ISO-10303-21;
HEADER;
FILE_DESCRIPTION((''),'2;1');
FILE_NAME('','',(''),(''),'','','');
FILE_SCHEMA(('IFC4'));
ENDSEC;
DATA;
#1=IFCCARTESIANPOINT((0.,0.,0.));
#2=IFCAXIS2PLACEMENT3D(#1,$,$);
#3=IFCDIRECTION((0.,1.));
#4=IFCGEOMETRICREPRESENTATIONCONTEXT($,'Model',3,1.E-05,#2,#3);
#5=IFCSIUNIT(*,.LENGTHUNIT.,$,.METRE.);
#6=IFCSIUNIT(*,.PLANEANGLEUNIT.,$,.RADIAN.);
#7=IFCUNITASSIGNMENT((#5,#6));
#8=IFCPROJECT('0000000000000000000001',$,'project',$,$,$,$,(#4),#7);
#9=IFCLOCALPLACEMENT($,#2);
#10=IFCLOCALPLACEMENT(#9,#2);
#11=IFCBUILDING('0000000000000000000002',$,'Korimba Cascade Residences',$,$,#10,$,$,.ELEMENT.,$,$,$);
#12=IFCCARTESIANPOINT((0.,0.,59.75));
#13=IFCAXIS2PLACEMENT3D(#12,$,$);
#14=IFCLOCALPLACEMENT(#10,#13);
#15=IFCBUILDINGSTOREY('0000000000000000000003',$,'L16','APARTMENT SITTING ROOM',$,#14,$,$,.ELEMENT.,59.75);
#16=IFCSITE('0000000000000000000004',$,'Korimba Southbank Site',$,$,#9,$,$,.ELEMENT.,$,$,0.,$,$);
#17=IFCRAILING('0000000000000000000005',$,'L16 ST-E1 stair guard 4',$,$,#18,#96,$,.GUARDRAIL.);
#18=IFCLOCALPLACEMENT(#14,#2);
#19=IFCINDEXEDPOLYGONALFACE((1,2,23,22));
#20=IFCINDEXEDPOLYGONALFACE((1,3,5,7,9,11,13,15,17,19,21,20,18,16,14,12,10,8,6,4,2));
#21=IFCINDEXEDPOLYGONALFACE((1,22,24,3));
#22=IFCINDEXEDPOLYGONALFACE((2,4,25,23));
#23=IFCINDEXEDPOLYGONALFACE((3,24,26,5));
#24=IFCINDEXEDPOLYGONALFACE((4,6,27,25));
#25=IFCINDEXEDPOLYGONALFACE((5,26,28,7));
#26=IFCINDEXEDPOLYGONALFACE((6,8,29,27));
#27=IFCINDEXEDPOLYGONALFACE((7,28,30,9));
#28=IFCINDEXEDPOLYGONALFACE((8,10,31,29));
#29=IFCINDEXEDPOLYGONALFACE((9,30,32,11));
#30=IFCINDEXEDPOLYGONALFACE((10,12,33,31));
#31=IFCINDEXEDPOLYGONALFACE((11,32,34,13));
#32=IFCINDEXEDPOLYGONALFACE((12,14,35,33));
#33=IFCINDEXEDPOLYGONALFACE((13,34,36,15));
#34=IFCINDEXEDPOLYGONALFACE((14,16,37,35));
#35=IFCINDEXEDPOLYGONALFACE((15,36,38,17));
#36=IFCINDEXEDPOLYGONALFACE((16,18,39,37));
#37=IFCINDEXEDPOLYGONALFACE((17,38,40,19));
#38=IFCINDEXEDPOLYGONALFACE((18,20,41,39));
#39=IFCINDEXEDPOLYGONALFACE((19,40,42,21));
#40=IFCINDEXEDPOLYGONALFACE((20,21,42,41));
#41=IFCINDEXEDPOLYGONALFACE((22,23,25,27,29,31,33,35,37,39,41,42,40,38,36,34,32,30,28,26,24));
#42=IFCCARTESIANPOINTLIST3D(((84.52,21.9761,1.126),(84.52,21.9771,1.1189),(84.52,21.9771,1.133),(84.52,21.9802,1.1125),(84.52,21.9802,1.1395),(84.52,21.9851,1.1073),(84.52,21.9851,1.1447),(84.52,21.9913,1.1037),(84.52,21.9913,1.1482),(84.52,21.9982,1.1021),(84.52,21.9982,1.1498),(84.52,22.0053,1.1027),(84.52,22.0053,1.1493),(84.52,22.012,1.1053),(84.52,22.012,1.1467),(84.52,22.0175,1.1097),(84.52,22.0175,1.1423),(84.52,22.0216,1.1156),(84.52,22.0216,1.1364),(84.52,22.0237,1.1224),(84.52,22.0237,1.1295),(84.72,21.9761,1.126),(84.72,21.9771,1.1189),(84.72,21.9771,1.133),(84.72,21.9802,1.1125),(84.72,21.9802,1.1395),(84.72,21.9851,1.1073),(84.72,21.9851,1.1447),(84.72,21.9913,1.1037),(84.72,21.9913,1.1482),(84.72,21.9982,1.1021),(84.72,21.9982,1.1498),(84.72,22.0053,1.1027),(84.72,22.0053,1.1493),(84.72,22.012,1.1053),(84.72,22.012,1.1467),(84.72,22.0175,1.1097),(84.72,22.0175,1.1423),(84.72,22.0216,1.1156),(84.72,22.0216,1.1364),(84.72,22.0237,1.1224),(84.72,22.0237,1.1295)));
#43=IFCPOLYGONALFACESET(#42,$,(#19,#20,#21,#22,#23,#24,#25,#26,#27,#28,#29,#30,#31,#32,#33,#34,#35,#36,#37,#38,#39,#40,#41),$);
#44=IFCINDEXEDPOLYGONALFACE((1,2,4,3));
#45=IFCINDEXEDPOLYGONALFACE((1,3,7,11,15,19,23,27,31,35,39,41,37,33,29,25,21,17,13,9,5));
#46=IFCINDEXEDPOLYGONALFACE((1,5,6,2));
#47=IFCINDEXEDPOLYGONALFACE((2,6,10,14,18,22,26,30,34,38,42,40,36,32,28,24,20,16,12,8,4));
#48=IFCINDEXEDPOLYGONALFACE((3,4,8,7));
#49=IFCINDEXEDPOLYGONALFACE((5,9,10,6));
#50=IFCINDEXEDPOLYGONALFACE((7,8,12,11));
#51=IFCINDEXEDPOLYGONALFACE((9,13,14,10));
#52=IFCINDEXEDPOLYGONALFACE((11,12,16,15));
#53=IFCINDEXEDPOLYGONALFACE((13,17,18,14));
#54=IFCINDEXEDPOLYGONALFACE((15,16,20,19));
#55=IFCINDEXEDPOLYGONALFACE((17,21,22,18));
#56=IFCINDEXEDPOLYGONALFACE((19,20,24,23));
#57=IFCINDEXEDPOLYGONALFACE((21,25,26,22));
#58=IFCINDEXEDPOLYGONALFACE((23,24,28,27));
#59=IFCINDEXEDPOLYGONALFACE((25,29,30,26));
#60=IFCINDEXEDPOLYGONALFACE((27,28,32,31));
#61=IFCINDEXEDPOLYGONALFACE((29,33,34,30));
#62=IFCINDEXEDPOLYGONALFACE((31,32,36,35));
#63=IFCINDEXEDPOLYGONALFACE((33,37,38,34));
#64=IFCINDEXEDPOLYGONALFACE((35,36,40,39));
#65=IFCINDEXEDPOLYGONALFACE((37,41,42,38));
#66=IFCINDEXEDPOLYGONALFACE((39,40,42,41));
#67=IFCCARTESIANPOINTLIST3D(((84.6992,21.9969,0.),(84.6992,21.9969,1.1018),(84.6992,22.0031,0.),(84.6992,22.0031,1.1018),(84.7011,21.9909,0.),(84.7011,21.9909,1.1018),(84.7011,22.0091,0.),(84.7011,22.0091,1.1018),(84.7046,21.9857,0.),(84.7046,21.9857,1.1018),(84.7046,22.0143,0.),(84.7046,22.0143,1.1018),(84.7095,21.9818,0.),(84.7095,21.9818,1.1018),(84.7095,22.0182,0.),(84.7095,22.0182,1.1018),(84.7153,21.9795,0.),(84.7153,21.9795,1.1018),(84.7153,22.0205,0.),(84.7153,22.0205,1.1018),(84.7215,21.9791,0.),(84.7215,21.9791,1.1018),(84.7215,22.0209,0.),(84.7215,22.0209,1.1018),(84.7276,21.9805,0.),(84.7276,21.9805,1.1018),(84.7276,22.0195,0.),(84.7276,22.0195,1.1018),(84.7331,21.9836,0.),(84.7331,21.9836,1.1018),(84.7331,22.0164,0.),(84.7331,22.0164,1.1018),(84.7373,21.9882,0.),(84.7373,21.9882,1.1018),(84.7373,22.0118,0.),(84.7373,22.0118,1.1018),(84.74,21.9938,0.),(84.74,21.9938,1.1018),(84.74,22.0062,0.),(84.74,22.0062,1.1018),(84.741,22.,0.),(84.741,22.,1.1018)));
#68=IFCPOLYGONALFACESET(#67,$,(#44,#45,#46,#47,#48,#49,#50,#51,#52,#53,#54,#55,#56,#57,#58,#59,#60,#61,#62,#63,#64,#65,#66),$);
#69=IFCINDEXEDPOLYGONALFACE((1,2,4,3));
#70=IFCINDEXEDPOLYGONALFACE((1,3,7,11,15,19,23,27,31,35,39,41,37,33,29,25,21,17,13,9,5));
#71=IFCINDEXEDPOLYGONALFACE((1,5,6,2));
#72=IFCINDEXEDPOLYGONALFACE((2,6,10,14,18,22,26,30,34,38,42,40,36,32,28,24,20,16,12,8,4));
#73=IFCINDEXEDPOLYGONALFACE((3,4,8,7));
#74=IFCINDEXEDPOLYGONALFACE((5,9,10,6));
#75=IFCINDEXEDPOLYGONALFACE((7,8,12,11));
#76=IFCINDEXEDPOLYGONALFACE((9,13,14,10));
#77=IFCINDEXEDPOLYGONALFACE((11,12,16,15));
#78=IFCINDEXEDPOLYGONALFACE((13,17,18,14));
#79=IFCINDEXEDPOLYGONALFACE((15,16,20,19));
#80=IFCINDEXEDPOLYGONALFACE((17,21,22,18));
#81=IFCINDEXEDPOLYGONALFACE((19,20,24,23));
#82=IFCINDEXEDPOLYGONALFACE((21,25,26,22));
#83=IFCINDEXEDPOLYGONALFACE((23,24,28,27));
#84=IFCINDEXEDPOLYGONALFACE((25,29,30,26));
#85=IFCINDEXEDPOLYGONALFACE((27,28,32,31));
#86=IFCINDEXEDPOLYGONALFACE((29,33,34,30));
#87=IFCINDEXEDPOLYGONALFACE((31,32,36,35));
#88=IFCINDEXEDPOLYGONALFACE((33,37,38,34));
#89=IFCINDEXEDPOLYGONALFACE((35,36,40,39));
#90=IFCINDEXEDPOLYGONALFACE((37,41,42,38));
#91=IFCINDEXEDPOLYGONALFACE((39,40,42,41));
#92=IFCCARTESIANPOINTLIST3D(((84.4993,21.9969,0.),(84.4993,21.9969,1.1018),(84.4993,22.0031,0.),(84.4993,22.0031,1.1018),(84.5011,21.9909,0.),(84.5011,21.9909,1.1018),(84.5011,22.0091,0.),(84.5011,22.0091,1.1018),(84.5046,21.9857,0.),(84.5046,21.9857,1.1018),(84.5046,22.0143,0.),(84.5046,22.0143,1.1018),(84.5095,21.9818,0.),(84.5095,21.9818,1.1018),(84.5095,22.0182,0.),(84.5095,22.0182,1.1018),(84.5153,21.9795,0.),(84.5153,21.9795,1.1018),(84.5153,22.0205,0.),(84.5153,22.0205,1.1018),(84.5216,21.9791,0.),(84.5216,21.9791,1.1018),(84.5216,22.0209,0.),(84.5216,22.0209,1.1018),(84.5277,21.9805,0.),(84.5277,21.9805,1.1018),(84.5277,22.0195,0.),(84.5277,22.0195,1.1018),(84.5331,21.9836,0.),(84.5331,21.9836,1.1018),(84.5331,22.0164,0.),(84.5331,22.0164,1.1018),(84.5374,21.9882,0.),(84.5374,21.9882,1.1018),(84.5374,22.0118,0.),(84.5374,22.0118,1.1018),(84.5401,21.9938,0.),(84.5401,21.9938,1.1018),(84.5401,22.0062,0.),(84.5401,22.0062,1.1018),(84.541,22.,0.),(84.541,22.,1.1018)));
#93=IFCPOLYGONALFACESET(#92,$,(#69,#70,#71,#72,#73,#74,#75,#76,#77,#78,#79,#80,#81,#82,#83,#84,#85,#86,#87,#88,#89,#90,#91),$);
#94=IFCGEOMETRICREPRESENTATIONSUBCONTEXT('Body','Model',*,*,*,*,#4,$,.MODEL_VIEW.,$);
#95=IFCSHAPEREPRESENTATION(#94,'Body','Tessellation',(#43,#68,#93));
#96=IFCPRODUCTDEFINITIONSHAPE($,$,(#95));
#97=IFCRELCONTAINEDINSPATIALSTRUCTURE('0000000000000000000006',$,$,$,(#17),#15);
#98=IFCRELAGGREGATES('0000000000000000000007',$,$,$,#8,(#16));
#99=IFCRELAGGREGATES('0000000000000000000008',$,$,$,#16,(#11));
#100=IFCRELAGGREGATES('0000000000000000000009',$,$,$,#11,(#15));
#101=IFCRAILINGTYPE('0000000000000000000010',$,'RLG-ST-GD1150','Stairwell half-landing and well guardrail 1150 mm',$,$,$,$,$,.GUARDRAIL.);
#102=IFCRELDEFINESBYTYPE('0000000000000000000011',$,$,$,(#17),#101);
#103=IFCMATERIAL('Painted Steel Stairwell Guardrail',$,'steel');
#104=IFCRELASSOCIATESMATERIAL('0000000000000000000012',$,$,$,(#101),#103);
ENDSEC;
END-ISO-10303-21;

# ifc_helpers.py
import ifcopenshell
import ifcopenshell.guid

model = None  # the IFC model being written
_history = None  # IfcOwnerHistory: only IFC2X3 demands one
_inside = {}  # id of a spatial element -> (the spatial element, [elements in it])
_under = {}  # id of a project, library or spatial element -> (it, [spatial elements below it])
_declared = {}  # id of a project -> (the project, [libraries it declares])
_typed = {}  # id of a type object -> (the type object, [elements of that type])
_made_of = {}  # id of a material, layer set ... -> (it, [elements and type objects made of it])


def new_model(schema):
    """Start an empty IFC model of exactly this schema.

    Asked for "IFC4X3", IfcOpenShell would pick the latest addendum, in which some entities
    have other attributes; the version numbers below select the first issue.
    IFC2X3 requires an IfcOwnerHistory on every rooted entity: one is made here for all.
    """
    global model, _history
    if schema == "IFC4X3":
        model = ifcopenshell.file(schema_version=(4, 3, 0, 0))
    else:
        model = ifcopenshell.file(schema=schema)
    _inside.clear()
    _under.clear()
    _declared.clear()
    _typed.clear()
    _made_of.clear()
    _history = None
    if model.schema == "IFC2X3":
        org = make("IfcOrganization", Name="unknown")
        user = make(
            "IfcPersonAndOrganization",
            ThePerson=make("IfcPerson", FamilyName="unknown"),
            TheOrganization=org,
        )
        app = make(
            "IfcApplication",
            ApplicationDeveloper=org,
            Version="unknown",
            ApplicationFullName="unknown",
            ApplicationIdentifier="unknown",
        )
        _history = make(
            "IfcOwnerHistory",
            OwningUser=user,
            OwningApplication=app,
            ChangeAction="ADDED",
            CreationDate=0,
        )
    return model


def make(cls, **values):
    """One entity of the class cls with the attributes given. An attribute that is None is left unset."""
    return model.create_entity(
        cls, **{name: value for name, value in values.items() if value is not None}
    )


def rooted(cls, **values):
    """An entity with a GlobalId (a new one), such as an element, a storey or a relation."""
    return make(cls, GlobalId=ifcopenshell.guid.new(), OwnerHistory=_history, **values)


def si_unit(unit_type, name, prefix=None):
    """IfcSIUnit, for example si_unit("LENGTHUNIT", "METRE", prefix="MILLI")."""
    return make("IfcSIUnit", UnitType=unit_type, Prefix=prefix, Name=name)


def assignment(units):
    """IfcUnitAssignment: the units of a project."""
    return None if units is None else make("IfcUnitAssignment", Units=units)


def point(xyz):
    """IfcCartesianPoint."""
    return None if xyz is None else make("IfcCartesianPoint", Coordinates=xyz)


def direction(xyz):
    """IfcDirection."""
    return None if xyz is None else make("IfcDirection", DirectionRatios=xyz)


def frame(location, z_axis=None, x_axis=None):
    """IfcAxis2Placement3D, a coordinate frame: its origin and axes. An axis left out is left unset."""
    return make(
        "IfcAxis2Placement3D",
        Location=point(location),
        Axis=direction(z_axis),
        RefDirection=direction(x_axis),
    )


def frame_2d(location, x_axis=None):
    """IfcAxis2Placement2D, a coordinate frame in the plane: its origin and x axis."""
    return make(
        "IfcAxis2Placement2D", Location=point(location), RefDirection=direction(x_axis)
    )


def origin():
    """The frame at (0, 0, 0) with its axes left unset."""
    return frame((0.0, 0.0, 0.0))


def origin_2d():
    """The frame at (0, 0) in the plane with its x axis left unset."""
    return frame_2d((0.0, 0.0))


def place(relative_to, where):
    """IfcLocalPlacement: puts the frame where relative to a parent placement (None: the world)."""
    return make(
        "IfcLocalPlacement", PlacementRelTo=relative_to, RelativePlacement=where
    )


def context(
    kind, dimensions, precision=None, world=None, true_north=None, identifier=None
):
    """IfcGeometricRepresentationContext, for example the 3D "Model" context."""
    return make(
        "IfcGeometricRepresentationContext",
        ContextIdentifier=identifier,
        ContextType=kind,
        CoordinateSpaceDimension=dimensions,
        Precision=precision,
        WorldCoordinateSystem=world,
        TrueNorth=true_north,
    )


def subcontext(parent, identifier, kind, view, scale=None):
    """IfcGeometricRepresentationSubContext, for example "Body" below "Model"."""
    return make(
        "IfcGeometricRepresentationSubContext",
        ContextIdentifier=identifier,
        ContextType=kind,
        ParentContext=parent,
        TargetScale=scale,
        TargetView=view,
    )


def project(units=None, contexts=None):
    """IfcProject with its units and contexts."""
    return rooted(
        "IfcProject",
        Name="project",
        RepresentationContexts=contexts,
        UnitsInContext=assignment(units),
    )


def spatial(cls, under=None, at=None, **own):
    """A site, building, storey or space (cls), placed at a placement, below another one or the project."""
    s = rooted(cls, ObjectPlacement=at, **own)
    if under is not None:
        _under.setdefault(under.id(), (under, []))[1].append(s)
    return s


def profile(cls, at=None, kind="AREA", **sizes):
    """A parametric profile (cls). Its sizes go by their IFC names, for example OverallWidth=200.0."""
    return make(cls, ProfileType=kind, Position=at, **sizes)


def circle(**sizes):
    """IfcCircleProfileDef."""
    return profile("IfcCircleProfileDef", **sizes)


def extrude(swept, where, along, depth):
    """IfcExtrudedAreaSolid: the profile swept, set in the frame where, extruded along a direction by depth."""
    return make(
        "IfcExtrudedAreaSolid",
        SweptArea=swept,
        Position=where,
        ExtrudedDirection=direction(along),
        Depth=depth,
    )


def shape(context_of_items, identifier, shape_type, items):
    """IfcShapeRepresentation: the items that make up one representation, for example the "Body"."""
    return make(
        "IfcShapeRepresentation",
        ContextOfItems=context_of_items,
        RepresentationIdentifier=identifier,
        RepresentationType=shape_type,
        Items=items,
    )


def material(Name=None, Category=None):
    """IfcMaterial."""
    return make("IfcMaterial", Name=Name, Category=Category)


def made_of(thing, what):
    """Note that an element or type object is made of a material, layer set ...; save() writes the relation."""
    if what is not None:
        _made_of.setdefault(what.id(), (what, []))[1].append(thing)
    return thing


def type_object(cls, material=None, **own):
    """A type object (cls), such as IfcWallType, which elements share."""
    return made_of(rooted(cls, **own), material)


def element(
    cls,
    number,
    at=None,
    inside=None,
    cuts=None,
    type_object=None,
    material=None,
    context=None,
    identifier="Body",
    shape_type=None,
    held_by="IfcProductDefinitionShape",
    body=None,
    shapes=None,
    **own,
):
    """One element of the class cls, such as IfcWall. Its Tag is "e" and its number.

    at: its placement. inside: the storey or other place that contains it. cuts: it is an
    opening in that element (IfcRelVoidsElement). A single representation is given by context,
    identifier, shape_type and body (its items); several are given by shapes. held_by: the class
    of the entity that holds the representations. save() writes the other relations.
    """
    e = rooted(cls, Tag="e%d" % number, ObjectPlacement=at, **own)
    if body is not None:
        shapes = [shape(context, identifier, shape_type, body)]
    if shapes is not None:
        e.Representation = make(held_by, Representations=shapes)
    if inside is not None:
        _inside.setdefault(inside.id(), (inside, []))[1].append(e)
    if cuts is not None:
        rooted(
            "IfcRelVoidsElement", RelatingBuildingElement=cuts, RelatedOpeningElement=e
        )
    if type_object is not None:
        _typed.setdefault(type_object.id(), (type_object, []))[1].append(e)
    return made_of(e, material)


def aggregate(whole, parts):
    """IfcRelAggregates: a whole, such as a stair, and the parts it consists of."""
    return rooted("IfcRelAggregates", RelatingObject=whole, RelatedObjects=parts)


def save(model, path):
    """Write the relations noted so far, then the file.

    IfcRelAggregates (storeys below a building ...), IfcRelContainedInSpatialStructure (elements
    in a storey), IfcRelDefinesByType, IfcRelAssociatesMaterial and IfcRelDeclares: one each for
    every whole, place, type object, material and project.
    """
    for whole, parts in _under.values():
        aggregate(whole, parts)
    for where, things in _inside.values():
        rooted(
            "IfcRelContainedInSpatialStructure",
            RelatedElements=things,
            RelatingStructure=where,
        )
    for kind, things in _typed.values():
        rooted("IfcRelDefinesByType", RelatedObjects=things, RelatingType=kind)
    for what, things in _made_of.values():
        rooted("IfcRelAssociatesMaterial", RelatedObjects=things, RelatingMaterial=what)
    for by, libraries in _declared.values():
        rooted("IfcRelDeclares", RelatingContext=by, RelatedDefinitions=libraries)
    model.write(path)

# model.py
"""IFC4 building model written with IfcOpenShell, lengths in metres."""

from ifc_helpers import new_model, si_unit, direction, frame, origin, origin_2d, place, context, subcontext, project, spatial, circle, extrude, material, type_object, element, save


model = new_model("IFC4")

# Units and contexts
model_context = context("Model", 3, precision=1e-05, world=origin(), true_north=direction((0.0, 1.0)))
body_context = subcontext(model_context, "Body", "Model", "MODEL_VIEW")
ifc_project = project(units=[si_unit("LENGTHUNIT", "METRE"), si_unit("PLANEANGLEUNIT", "RADIAN")], contexts=[model_context])

# Site, building, storey
site_placement = place(None, origin())
site = spatial("IfcSite", under=ifc_project, at=site_placement, Name="Korimba Southbank Site", CompositionType="ELEMENT", RefElevation=0.0)
building_placement = place(site_placement, origin())
building = spatial("IfcBuilding", under=site, at=building_placement, Name="Korimba Cascade Residences", CompositionType="ELEMENT")
storey_placement = place(building_placement, frame((0.0, 0.0, 59.75)))
storey = spatial("IfcBuildingStorey", under=building, at=storey_placement, Name="L16", Description="APARTMENT SITTING ROOM", CompositionType="ELEMENT", Elevation=59.75)

# Railing
ifc_material_1 = material(Name="Painted Steel Stairwell Guardrail", Category="steel")
railing_type_1 = type_object("IfcRailingType", Name="RLG-ST-GD1150", Description="Stairwell half-landing and well guardrail 1150 mm", PredefinedType="GUARDRAIL", material=ifc_material_1)
railing_1_placement = place(storey_placement, frame((84.72, 22.0, 0.0)))
element("IfcRailing", 1, at=railing_1_placement, inside=storey, type_object=railing_type_1, Name="L16 ST-E1 stair guard 4", PredefinedType="GUARDRAIL", context=body_context, shape_type="SweptSolid", body=[
    extrude(circle(Radius=0.0239, at=origin_2d()), frame((0.0, 0.0, 1.126), z_axis=(-1.0, 0.0, 0.0), x_axis=(0.0, -1.0, 0.0)), (0.0, 0.0, 1.0), 0.2),
    extrude(circle(Radius=0.021, at=origin_2d()), origin(), (0.0, 0.0, 1.0), 1.1018),
    extrude(circle(Radius=0.021, at=origin_2d()), frame((-0.2, 0.0, 0.0)), (0.0, 0.0, 1.0), 1.1018),
])

save(model, "model.ifc")
